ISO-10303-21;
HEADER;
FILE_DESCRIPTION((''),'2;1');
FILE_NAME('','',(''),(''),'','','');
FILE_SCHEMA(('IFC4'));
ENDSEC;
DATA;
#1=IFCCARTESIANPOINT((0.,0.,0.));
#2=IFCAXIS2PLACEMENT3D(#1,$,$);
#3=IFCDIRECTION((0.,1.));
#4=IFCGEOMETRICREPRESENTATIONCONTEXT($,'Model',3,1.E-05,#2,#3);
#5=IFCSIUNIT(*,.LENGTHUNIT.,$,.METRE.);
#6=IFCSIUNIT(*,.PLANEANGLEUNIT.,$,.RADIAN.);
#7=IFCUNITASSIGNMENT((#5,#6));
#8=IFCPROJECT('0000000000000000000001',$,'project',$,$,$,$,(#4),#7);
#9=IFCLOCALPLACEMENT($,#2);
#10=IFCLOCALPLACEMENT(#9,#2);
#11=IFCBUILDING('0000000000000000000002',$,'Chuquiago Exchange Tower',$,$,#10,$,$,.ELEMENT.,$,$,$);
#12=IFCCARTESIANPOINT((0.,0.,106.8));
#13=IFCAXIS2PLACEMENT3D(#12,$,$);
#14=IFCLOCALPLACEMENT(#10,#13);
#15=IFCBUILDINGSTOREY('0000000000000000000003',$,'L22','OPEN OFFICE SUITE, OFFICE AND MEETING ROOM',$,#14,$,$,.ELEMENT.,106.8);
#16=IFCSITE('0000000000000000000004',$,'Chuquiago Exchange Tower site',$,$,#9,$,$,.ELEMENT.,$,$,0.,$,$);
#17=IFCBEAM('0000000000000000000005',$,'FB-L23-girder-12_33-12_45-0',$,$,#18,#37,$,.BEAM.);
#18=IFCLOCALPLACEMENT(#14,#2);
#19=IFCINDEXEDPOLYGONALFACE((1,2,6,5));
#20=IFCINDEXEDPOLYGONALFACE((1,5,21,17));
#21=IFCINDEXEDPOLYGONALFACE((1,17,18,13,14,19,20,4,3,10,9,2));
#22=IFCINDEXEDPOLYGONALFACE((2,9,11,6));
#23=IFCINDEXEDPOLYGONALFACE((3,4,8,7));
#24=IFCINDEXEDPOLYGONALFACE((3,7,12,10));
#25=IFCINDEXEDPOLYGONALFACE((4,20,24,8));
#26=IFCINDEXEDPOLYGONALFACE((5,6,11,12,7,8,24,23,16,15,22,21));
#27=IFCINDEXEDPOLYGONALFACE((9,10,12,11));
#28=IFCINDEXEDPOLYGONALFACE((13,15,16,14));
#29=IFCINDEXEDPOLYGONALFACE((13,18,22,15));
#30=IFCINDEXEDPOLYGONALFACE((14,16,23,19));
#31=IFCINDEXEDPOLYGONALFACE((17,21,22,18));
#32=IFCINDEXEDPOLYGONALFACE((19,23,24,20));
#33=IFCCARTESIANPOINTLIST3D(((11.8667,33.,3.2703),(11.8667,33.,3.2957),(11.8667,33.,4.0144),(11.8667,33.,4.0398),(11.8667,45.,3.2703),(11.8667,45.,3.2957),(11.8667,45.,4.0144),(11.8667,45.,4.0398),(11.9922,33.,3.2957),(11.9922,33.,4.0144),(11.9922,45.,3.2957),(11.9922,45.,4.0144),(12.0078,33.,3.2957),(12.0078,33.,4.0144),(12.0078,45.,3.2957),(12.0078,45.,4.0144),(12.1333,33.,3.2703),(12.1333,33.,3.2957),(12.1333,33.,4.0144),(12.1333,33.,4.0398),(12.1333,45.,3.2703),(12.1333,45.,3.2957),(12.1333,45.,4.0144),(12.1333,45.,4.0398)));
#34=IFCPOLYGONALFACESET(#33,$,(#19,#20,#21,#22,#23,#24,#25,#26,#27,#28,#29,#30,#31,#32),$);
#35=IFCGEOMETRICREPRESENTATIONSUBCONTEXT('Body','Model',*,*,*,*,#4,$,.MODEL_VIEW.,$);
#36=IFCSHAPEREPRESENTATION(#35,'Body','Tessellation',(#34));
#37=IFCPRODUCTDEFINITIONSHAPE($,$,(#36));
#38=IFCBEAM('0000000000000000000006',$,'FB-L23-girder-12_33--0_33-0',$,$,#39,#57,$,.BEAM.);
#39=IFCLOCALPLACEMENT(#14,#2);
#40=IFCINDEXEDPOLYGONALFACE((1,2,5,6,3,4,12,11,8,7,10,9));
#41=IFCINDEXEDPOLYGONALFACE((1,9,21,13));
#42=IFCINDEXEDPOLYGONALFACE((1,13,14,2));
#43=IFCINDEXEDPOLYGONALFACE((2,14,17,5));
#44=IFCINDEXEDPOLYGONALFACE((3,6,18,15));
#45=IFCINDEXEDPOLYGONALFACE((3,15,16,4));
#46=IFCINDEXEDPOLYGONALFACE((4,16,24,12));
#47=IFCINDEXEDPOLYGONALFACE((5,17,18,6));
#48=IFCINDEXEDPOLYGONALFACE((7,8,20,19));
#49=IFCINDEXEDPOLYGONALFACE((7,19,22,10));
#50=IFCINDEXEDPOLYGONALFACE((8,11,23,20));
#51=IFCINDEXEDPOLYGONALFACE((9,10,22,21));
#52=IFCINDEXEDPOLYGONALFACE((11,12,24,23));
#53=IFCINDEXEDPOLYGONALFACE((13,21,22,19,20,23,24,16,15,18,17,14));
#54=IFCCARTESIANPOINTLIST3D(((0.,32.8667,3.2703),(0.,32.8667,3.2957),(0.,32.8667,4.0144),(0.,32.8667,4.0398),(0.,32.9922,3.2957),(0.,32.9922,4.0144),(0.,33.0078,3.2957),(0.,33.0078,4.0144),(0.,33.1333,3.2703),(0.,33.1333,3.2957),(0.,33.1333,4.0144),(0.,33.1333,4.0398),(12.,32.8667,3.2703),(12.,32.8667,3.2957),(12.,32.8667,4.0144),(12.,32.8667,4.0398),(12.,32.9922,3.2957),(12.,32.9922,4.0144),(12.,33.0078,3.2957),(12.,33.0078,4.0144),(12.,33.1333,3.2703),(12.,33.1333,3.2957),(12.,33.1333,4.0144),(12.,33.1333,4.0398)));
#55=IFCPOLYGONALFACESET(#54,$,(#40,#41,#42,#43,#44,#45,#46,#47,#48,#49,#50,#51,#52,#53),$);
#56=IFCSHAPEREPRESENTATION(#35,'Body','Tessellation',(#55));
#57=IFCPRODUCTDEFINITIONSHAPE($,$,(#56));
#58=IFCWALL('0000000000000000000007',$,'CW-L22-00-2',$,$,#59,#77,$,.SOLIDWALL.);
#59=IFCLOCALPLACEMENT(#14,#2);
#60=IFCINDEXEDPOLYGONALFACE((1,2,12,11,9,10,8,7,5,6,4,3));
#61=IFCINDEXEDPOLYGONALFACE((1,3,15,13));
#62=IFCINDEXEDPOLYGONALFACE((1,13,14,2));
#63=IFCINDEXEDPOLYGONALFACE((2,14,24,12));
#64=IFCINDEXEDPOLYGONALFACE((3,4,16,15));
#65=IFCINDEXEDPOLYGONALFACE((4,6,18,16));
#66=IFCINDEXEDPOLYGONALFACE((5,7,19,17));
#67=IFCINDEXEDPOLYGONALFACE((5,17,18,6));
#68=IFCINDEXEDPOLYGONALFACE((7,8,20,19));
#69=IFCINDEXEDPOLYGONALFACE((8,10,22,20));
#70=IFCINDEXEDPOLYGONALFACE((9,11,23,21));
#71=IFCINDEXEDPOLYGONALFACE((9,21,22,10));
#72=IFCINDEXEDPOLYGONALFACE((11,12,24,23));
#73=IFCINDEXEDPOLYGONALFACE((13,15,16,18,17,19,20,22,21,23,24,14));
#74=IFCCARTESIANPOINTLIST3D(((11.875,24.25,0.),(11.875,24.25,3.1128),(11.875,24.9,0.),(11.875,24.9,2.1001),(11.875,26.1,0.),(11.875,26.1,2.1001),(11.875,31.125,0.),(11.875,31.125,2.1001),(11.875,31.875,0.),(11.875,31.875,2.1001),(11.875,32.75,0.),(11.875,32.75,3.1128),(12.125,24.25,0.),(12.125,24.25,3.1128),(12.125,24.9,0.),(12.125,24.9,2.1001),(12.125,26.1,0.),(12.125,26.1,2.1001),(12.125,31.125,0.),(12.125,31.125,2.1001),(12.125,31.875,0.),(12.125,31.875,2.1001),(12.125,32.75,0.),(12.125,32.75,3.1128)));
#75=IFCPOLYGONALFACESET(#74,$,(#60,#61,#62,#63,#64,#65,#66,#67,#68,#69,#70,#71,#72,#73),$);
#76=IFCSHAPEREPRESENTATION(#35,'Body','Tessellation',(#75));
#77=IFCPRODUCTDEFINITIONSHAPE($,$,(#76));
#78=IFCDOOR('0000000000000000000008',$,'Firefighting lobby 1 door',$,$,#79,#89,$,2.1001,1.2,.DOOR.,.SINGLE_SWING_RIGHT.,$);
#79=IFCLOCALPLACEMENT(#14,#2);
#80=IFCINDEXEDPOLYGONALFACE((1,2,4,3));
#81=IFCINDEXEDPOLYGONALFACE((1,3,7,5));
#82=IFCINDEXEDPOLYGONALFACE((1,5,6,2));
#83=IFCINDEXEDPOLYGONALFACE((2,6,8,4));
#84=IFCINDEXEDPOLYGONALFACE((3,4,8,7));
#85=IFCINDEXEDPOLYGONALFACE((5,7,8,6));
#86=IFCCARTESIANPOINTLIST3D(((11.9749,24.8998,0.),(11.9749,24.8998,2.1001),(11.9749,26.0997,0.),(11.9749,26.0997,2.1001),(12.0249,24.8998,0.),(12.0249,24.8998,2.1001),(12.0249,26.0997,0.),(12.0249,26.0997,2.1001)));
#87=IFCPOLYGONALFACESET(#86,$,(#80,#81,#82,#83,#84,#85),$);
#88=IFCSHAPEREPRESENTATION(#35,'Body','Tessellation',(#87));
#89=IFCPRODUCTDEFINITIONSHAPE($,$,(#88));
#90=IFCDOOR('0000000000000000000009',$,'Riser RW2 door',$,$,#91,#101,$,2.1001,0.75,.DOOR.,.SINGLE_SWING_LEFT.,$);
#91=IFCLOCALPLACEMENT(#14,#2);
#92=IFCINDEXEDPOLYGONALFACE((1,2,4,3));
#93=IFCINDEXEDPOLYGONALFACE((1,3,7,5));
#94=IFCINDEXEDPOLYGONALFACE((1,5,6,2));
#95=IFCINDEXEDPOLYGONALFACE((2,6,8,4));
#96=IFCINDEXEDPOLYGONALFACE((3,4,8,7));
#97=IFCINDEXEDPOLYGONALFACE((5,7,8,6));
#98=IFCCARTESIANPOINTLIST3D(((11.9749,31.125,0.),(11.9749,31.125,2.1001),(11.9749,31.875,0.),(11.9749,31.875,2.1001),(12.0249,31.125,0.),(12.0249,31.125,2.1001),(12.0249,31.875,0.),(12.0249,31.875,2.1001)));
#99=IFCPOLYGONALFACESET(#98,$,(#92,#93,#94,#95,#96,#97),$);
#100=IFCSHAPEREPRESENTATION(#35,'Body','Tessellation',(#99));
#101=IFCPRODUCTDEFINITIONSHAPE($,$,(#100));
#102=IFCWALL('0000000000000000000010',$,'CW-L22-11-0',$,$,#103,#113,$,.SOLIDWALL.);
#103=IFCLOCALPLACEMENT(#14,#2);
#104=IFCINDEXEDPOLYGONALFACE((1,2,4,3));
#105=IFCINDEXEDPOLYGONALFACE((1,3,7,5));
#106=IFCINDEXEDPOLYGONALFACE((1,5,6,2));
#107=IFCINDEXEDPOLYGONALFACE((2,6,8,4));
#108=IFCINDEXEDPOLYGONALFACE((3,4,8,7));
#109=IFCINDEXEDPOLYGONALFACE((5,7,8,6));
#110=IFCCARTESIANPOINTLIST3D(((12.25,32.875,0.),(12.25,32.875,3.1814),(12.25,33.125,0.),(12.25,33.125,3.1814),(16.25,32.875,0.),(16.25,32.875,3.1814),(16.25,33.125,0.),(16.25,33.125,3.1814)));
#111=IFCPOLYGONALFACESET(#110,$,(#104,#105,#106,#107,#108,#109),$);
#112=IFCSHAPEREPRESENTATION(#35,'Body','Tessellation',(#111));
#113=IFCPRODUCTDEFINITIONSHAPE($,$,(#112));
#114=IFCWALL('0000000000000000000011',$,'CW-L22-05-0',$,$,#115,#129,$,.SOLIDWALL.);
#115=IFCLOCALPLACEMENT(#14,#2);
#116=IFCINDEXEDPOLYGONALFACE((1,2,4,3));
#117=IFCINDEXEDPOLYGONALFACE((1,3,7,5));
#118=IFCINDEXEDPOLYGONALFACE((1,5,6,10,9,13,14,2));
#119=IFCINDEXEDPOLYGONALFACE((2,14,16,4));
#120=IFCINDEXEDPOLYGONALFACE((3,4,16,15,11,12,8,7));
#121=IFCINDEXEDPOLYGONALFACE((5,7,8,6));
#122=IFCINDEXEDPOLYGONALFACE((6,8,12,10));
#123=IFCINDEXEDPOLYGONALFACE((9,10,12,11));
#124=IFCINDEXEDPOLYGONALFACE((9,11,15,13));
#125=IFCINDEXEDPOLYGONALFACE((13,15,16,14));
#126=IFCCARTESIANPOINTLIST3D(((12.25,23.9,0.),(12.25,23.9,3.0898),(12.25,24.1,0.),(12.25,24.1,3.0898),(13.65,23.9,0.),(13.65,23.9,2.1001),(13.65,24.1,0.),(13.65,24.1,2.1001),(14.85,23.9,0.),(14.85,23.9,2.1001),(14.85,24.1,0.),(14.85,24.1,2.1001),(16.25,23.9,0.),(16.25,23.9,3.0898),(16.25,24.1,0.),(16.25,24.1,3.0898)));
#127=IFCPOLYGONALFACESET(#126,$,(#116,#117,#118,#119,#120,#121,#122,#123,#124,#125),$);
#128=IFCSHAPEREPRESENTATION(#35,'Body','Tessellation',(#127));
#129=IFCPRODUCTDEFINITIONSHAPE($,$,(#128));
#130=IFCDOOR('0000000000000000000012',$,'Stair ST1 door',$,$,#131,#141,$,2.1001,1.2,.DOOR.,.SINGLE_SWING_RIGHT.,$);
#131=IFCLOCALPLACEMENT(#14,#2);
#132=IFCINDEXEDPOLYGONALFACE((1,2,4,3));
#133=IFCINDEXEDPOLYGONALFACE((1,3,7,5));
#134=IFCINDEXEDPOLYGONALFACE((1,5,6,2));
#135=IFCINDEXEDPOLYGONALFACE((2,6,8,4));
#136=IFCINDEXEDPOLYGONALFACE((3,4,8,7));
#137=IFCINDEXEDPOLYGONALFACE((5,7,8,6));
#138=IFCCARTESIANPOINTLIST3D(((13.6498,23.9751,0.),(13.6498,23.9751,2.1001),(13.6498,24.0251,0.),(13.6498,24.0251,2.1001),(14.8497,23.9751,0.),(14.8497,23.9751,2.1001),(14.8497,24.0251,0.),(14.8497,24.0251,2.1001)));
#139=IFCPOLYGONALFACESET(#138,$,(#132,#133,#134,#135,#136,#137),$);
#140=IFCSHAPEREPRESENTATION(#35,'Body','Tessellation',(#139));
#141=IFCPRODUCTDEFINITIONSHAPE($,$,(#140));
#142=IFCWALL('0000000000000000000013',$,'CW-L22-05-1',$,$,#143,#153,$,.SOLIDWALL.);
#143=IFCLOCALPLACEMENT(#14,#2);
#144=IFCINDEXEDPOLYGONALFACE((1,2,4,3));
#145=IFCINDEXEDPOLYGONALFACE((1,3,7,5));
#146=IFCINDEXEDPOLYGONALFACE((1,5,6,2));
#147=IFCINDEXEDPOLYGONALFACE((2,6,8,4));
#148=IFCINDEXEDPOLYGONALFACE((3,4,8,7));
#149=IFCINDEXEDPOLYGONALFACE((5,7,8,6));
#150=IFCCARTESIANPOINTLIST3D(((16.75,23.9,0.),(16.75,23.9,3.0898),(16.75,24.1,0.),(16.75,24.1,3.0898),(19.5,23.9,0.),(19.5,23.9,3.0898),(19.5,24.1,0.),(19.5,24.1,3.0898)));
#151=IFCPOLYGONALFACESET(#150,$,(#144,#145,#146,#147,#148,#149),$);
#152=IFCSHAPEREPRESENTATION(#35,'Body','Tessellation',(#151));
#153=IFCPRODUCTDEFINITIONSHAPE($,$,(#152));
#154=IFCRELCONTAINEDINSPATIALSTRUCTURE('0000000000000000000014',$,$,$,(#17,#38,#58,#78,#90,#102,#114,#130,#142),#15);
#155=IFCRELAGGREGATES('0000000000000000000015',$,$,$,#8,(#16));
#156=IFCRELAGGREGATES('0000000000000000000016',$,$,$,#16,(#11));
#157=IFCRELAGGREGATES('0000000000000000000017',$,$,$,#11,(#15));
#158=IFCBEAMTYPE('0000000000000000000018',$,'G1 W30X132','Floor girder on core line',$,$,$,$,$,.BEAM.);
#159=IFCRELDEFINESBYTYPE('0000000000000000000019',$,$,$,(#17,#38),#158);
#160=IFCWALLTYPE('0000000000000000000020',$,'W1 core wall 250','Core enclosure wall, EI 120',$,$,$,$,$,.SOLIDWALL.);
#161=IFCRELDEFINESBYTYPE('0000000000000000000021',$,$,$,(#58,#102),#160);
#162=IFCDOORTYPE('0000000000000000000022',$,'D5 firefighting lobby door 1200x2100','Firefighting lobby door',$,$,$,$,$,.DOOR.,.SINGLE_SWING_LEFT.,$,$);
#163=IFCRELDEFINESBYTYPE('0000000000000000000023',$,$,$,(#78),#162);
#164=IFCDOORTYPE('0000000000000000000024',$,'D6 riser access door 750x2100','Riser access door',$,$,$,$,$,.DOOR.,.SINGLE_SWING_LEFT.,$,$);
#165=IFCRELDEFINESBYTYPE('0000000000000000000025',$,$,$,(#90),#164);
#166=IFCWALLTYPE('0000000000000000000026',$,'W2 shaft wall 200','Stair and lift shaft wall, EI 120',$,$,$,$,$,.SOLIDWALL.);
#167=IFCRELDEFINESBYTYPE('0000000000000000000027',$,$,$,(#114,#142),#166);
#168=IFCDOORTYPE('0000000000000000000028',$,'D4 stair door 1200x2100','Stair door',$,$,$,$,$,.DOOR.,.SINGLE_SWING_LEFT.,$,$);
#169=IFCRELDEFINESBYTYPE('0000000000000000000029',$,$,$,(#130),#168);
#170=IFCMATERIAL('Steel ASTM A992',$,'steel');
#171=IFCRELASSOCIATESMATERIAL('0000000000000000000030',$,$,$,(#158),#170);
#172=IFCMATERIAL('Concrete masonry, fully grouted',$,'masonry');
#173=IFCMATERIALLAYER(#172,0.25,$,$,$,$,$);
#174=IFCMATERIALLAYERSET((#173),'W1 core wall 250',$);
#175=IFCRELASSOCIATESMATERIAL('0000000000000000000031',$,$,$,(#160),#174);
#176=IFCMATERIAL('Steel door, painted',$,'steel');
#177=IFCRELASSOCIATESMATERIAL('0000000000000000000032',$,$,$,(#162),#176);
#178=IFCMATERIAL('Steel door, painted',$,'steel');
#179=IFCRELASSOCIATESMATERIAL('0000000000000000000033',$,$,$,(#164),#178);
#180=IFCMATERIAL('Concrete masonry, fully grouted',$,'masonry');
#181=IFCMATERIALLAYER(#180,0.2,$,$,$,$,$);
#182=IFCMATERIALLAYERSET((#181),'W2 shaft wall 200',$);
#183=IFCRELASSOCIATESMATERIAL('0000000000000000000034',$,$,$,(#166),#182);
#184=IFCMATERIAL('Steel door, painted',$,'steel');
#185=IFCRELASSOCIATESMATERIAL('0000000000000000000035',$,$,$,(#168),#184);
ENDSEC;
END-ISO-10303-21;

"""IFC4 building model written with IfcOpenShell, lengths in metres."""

from ifc_helpers import new_model, si_unit, direction, frame, frame_2d, origin, origin_2d, place, context, subcontext, project, spatial, rectangle, i_section, extrude, material, layer, layer_set, material_profile, profile_set, type_object, element, fill, save


model = new_model("IFC4")

# Units and contexts
model_context = context("Model", 3, precision=1e-05, world=origin(), true_north=direction((0.0, 1.0)))
body_context = subcontext(model_context, "Body", "Model", "MODEL_VIEW")
ifc_project = project(units=[si_unit("LENGTHUNIT", "METRE"), si_unit("PLANEANGLEUNIT", "RADIAN")], contexts=[model_context])

# Site, building, storey
site_placement = place(None, origin())
site = spatial("IfcSite", under=ifc_project, at=site_placement, Name="Chuquiago Exchange Tower site", CompositionType="ELEMENT", RefElevation=0.0)
building_placement = place(site_placement, origin())
building = spatial("IfcBuilding", under=site, at=building_placement, Name="Chuquiago Exchange Tower", CompositionType="ELEMENT")
storey_placement = place(building_placement, frame((0.0, 0.0, 106.8)))
storey = spatial("IfcBuildingStorey", under=building, at=storey_placement, Name="L22", Description="OPEN OFFICE SUITE, OFFICE AND MEETING ROOM", CompositionType="ELEMENT", Elevation=106.8)

# Beams
ifc_material_1 = material(Name="Steel ASTM A992", Category="steel")
ifc_material_profile_1 = material_profile(ifc_material_1, i_section(OverallWidth=0.2666, OverallDepth=0.7695, WebThickness=0.0156, FlangeThickness=0.0254, at=origin_2d()), Name="W30X132")
ifc_profile_set_1 = profile_set([ifc_material_profile_1], Name="Steel ASTM A992")
beam_type_1 = type_object("IfcBeamType", Name="G1 W30X132", Description="Floor girder on core line", PredefinedType="BEAM", material=ifc_profile_set_1)
for number, where, z_axis, x_axis, name in (
    (1, (12.0, 33.0, 3.655), (0.0, 1.0, 0.0), (-1.0, 0.0, 0.0), "FB-L23-girder-12_33-12_45-0"),
    (2, (12.0, 33.0, 3.655), (-1.0, 0.0, 0.0), (0.0, -1.0, 0.0), "FB-L23-girder-12_33--0_33-0"),
):
    element("IfcBeam", number, at=place(storey_placement, frame(where, z_axis=z_axis, x_axis=x_axis)), inside=storey, type_object=beam_type_1, Name=name, PredefinedType="BEAM", context=body_context, shape_type="SweptSolid", body=[
        extrude(i_section(OverallWidth=0.2666, OverallDepth=0.7695, WebThickness=0.0156, FlangeThickness=0.0254, at=origin_2d()), origin(), (0.0, 0.0, 1.0), 12.0),
    ])

# Wall, openings, doors
ifc_material_2 = material(Name="Concrete masonry, fully grouted", Category="masonry")
ifc_layer_1 = layer(ifc_material_2, 0.25)
ifc_layer_set_1 = layer_set([ifc_layer_1], Name="W1 core wall 250")
wall_type_1 = type_object("IfcWallType", Name="W1 core wall 250", Description="Core enclosure wall, EI 120", PredefinedType="SOLIDWALL", material=ifc_layer_set_1)
wall_1_placement = place(storey_placement, frame((12.0, 24.25, 0.0), z_axis=(0.0, 0.0, 1.0), x_axis=(0.0, 1.0, 0.0)))
wall_1 = element("IfcWall", 3, at=wall_1_placement, inside=storey, type_object=wall_type_1, Name="CW-L22-00-2", PredefinedType="SOLIDWALL", context=body_context, shape_type="SweptSolid", body=[
    extrude(rectangle(XDim=8.5, YDim=0.25, at=frame_2d((4.25, 0.0))), origin(), (0.0, 0.0, 1.0), 3.1128),
])
opening_1_placement = place(wall_1_placement, frame((0.6499, 0.0, 0.0)))
opening_1 = element("IfcOpeningElement", 4, at=opening_1_placement, cuts=wall_1, PredefinedType="OPENING", context=body_context, shape_type="SweptSolid", body=[
    extrude(rectangle(XDim=1.2, YDim=2.1001, at=frame_2d((0.6001, 1.05))), frame((0.0, 0.135, 0.0), z_axis=(0.0, -1.0, 0.0), x_axis=(1.0, 0.0, 0.0)), (0.0, 0.0, 1.0), 0.27),
])
opening_2_placement = place(wall_1_placement, frame((6.875, 0.0, 0.0)))
opening_2 = element("IfcOpeningElement", 5, at=opening_2_placement, cuts=wall_1, PredefinedType="OPENING", context=body_context, shape_type="SweptSolid", body=[
    extrude(rectangle(XDim=0.75, YDim=2.1001, at=frame_2d((0.375, 1.05))), frame((0.0, 0.135, 0.0), z_axis=(0.0, -1.0, 0.0), x_axis=(1.0, 0.0, 0.0)), (0.0, 0.0, 1.0), 0.27),
])
ifc_material_3 = material(Name="Steel door, painted", Category="steel")
door_type_1 = type_object("IfcDoorType", Name="D5 firefighting lobby door 1200x2100", Description="Firefighting lobby door", OperationType="SINGLE_SWING_LEFT", PredefinedType="DOOR", material=ifc_material_3)
door_1_placement = place(opening_1_placement, frame((1.2, 0.0, 0.0), z_axis=(0.0, 0.0, 1.0), x_axis=(-1.0, 0.0, 0.0)))
door_1 = element("IfcDoor", 6, at=door_1_placement, inside=storey, type_object=door_type_1, Name="Firefighting lobby 1 door", OperationType="SINGLE_SWING_RIGHT", OverallHeight=2.1001, OverallWidth=1.2, PredefinedType="DOOR", context=body_context, shape_type="SweptSolid", body=[
    extrude(rectangle(XDim=1.2, YDim=2.1001, at=frame_2d((0.6001, 1.05))), frame((0.0, 0.0249, 0.0), z_axis=(0.0, -1.0, 0.0), x_axis=(1.0, 0.0, 0.0)), (0.0, 0.0, 1.0), 0.05),
])
fill(opening_1, door_1)
ifc_material_4 = material(Name="Steel door, painted", Category="steel")
door_type_2 = type_object("IfcDoorType", Name="D6 riser access door 750x2100", Description="Riser access door", OperationType="SINGLE_SWING_LEFT", PredefinedType="DOOR", material=ifc_material_4)
door_2_placement = place(opening_2_placement, frame((0.75, 0.0, 0.0), z_axis=(0.0, 0.0, 1.0), x_axis=(-1.0, 0.0, 0.0)))
door_2 = element("IfcDoor", 7, at=door_2_placement, inside=storey, type_object=door_type_2, Name="Riser RW2 door", OperationType="SINGLE_SWING_LEFT", OverallHeight=2.1001, OverallWidth=0.75, PredefinedType="DOOR", context=body_context, shape_type="SweptSolid", body=[
    extrude(rectangle(XDim=0.75, YDim=2.1001, at=frame_2d((0.375, 1.05))), frame((0.0, 0.0249, 0.0), z_axis=(0.0, -1.0, 0.0), x_axis=(1.0, 0.0, 0.0)), (0.0, 0.0, 1.0), 0.05),
])
fill(opening_2, door_2)

# Wall
wall_2_placement = place(storey_placement, frame((12.25, 33.0, 0.0), z_axis=(0.0, 0.0, 1.0), x_axis=(1.0, 0.0, 0.0)))
element("IfcWall", 8, at=wall_2_placement, inside=storey, type_object=wall_type_1, Name="CW-L22-11-0", PredefinedType="SOLIDWALL", context=body_context, shape_type="SweptSolid", body=[
    extrude(rectangle(XDim=4.0, YDim=0.25, at=frame_2d((2.0, 0.0))), origin(), (0.0, 0.0, 1.0), 3.1814),
])

# Wall, opening, door
ifc_material_5 = material(Name="Concrete masonry, fully grouted", Category="masonry")
ifc_layer_2 = layer(ifc_material_5, 0.2)
ifc_layer_set_2 = layer_set([ifc_layer_2], Name="W2 shaft wall 200")
wall_type_2 = type_object("IfcWallType", Name="W2 shaft wall 200", Description="Stair and lift shaft wall, EI 120", PredefinedType="SOLIDWALL", material=ifc_layer_set_2)
wall_3_placement = place(storey_placement, frame((12.25, 24.0, 0.0), z_axis=(0.0, 0.0, 1.0), x_axis=(1.0, 0.0, 0.0)))
wall_3 = element("IfcWall", 9, at=wall_3_placement, inside=storey, type_object=wall_type_2, Name="CW-L22-05-0", PredefinedType="SOLIDWALL", context=body_context, shape_type="SweptSolid", body=[
    extrude(rectangle(XDim=4.0, YDim=0.2, at=frame_2d((2.0, 0.0))), origin(), (0.0, 0.0, 1.0), 3.0898),
])
opening_3_placement = place(wall_3_placement, frame((1.3999, 0.0, 0.0)))
opening_3 = element("IfcOpeningElement", 10, at=opening_3_placement, cuts=wall_3, PredefinedType="OPENING", context=body_context, shape_type="SweptSolid", body=[
    extrude(rectangle(XDim=1.2, YDim=2.1001, at=frame_2d((0.6001, 1.05))), frame((0.0, 0.1099, 0.0), z_axis=(0.0, -1.0, 0.0), x_axis=(1.0, 0.0, 0.0)), (0.0, 0.0, 1.0), 0.22),
])
ifc_material_6 = material(Name="Steel door, painted", Category="steel")
door_type_3 = type_object("IfcDoorType", Name="D4 stair door 1200x2100", Description="Stair door", OperationType="SINGLE_SWING_LEFT", PredefinedType="DOOR", material=ifc_material_6)
door_3_placement = place(opening_3_placement, frame((1.2, 0.0, 0.0), z_axis=(0.0, 0.0, 1.0), x_axis=(-1.0, 0.0, 0.0)))
door_3 = element("IfcDoor", 11, at=door_3_placement, inside=storey, type_object=door_type_3, Name="Stair ST1 door", OperationType="SINGLE_SWING_RIGHT", OverallHeight=2.1001, OverallWidth=1.2, PredefinedType="DOOR", context=body_context, shape_type="SweptSolid", body=[
    extrude(rectangle(XDim=1.2, YDim=2.1001, at=frame_2d((0.6001, 1.05))), frame((0.0, 0.0249, 0.0), z_axis=(0.0, -1.0, 0.0), x_axis=(1.0, 0.0, 0.0)), (0.0, 0.0, 1.0), 0.05),
])
fill(opening_3, door_3)

# Wall
wall_4_placement = place(storey_placement, frame((16.75, 24.0, 0.0), z_axis=(0.0, 0.0, 1.0), x_axis=(1.0, 0.0, 0.0)))
element("IfcWall", 12, at=wall_4_placement, inside=storey, type_object=wall_type_2, Name="CW-L22-05-1", PredefinedType="SOLIDWALL", context=body_context, shape_type="SweptSolid", body=[
    extrude(rectangle(XDim=2.75, YDim=0.2, at=frame_2d((1.375, 0.0))), origin(), (0.0, 0.0, 1.0), 3.0898),
])

save(model, "model.ifc")
